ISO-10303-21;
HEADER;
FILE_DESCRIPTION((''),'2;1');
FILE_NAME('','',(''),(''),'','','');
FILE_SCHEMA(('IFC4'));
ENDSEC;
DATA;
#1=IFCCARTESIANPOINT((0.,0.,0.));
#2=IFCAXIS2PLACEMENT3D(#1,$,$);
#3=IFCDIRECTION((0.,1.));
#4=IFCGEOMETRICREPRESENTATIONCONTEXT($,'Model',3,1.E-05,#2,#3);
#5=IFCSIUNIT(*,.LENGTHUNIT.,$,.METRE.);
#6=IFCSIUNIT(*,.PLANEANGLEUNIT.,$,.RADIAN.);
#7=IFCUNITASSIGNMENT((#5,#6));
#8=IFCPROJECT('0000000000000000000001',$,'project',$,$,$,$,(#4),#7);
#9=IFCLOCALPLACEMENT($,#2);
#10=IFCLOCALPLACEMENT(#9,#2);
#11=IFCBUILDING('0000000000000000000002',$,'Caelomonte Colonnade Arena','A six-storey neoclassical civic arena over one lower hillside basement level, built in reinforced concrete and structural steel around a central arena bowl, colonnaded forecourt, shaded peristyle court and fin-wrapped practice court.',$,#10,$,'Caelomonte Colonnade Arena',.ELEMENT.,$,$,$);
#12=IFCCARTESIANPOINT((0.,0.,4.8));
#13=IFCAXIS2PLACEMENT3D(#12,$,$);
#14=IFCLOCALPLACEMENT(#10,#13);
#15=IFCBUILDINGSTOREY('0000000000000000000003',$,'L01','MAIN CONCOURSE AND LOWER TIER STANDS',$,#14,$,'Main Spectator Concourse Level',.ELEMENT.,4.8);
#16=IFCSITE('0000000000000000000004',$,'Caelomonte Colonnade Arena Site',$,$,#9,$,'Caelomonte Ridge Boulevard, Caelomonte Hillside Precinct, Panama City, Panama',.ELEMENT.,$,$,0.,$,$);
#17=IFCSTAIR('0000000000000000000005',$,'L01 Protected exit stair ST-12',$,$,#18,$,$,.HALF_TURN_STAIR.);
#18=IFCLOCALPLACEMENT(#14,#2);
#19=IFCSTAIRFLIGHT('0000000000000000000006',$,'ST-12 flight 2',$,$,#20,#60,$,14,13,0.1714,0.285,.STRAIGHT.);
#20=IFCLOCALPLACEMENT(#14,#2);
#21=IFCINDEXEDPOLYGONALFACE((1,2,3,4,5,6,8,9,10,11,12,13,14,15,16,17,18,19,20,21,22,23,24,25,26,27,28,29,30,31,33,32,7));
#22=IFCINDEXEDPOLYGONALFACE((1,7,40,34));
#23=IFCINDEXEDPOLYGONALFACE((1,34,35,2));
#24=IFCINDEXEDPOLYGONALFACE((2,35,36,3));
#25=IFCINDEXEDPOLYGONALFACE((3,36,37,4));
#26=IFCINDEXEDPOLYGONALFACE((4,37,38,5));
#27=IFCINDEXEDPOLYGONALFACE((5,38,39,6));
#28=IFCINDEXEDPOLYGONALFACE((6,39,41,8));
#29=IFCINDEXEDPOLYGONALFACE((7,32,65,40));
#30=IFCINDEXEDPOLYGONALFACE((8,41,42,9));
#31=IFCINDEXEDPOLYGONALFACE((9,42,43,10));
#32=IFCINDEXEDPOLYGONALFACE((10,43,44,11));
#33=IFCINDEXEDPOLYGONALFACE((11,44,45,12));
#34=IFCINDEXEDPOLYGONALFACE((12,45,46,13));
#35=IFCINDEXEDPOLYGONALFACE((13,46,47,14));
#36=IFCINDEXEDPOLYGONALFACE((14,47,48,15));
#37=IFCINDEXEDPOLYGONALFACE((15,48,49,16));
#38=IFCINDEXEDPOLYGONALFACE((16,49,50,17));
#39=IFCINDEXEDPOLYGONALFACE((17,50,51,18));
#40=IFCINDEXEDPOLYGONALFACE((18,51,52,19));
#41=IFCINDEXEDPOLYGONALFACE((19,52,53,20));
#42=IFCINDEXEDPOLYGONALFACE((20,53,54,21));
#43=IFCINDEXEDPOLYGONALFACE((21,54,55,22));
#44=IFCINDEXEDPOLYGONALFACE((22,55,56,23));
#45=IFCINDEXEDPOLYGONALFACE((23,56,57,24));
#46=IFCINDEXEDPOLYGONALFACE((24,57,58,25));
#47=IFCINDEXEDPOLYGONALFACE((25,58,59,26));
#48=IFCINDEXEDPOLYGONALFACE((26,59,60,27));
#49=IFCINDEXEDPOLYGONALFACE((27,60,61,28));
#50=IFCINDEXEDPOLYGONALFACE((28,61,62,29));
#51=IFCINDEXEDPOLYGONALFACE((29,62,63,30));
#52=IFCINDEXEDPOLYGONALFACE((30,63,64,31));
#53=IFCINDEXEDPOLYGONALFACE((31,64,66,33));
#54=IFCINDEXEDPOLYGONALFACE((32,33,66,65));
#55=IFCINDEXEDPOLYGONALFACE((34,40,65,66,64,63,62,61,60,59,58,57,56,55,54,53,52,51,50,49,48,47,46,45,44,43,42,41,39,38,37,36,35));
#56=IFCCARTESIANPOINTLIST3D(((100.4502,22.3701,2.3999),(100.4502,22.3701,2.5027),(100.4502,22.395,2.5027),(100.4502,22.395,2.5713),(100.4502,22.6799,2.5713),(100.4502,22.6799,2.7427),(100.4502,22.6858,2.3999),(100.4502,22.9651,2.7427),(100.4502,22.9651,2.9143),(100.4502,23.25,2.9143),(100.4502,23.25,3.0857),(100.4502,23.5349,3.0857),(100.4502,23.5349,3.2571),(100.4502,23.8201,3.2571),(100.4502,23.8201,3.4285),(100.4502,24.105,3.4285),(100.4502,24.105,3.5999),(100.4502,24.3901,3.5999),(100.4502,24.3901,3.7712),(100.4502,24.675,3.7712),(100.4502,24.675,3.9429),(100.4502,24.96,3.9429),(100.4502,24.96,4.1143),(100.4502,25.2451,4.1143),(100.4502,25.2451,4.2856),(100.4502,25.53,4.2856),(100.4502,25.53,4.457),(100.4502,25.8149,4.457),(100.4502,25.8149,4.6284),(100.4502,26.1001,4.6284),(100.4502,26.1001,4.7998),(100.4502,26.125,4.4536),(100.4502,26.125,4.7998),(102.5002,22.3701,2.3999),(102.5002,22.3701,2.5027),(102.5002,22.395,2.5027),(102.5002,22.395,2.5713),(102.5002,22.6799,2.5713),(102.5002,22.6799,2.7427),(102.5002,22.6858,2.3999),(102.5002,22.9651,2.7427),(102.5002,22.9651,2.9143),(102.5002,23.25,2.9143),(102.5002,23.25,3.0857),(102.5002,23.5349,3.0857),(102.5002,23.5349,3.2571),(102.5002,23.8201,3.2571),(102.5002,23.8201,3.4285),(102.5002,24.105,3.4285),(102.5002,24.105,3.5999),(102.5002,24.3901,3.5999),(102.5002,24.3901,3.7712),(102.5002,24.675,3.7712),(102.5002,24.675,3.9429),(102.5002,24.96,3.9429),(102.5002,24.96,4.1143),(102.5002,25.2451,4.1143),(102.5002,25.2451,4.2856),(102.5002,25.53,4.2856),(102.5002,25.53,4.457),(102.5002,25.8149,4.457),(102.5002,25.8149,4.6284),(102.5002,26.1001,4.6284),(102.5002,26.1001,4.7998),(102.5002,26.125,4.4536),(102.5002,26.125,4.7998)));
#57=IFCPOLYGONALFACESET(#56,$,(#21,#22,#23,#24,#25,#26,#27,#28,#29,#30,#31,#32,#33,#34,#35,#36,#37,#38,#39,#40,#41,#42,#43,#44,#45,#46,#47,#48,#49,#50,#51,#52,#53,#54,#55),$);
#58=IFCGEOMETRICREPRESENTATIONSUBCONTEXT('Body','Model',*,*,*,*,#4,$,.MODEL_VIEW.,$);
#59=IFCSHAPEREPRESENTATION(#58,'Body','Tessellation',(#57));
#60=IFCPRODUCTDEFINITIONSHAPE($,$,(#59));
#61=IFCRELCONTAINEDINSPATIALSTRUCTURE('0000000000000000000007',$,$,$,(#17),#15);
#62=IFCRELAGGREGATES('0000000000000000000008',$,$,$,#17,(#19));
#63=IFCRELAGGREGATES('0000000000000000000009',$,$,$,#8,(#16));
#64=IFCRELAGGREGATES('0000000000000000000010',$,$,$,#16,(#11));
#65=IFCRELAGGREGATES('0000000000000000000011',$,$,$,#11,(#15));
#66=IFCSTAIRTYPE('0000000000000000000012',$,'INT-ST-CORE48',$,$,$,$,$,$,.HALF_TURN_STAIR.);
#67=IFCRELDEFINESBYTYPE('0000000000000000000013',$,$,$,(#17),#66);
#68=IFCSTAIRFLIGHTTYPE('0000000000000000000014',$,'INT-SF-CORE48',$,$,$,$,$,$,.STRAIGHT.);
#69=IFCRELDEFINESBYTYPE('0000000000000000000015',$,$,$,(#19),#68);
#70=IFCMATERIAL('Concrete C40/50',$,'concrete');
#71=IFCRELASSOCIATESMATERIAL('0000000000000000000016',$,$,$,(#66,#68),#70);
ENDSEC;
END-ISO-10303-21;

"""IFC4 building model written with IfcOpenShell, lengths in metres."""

from ifc_helpers import new_model, si_unit, direction, frame, origin, place, context, subcontext, project, spatial, polyline, outline, extrude, material, type_object, element, aggregate, save


model = new_model("IFC4")

# Units and contexts
model_context = context("Model", 3, precision=1e-05, world=origin(), true_north=direction((0.0, 1.0)))
body_context = subcontext(model_context, "Body", "Model", "MODEL_VIEW")
ifc_project = project(units=[si_unit("LENGTHUNIT", "METRE"), si_unit("PLANEANGLEUNIT", "RADIAN")], contexts=[model_context])

# Site, building, storey
site_placement = place(None, origin())
site = spatial("IfcSite", under=ifc_project, at=site_placement, Name="Caelomonte Colonnade Arena Site", LongName="Caelomonte Ridge Boulevard, Caelomonte Hillside Precinct, Panama City, Panama", CompositionType="ELEMENT", RefElevation=0.0)
building_placement = place(site_placement, origin())
building = spatial("IfcBuilding", under=site, at=building_placement, Name="Caelomonte Colonnade Arena", Description="A six-storey neoclassical civic arena over one lower hillside basement level, built in reinforced concrete and structural steel around a central arena bowl, colonnaded forecourt, shaded peristyle court and fin-wrapped practice court.", LongName="Caelomonte Colonnade Arena", CompositionType="ELEMENT")
storey_placement = place(building_placement, frame((0.0, 0.0, 4.8)))
storey = spatial("IfcBuildingStorey", under=building, at=storey_placement, Name="L01", Description="MAIN CONCOURSE AND LOWER TIER STANDS", LongName="Main Spectator Concourse Level", CompositionType="ELEMENT", Elevation=4.8)

# Stair, stair flight
ifc_material_1 = material(Name="Concrete C40/50", Category="concrete")
stair_type = type_object("IfcStairType", Name="INT-ST-CORE48", PredefinedType="HALF_TURN_STAIR", material=ifc_material_1)
stair_placement = place(storey_placement, origin())
stair = element("IfcStair", 1, at=stair_placement, inside=storey, type_object=stair_type, Name="L01 Protected exit stair ST-12", PredefinedType="HALF_TURN_STAIR")
stair_flight_type = type_object("IfcStairFlightType", Name="INT-SF-CORE48", PredefinedType="STRAIGHT", material=ifc_material_1)
stair_flight_1_placement = place(storey_placement, frame((101.4751, 22.395, 2.3999), z_axis=(0.0, 0.0, 1.0), x_axis=(0.0, 1.0, 0.0)))
stair_flight_1 = element("IfcStairFlight", 2, at=stair_flight_1_placement, type_object=stair_flight_type, Name="ST-12 flight 2", NumberOfRisers=14, NumberOfTreads=13, PredefinedType="STRAIGHT", RiserHeight=0.1714, TreadLength=0.285, context=body_context, shape_type="SweptSolid", body=[
    extrude(outline(polyline([(-0.0249, 0.0), (-0.0249, 0.1028), (0.0, 0.1028), (0.0, 0.1714), (0.2849, 0.1714), (0.2849, 0.3428), (0.5701, 0.3428), (0.5701, 0.5144), (0.855, 0.5144), (0.855, 0.6858), (1.1399, 0.6858), (1.1399, 0.8572), (1.425, 0.8572), (1.425, 1.0286), (1.71, 1.0286), (1.71, 1.2), (1.9951, 1.2), (1.9951, 1.3713), (2.28, 1.3713), (2.28, 1.543), (2.5649, 1.543), (2.5649, 1.7144), (2.8501, 1.7144), (2.8501, 1.8857), (3.135, 1.8857), (3.135, 2.0571), (3.4199, 2.0571), (3.4199, 2.2285), (3.7051, 2.2285), (3.7051, 2.3999), (3.73, 2.3999), (3.73, 2.0537), (0.2908, 0.0), (-0.0249, 0.0)])), frame((0.0, 1.0249, 0.0), z_axis=(0.0, -1.0, 0.0), x_axis=(1.0, 0.0, 0.0)), (0.0, 0.0, 1.0), 2.05),
])
aggregate(stair, [stair_flight_1])

save(model, "model.ifc")
